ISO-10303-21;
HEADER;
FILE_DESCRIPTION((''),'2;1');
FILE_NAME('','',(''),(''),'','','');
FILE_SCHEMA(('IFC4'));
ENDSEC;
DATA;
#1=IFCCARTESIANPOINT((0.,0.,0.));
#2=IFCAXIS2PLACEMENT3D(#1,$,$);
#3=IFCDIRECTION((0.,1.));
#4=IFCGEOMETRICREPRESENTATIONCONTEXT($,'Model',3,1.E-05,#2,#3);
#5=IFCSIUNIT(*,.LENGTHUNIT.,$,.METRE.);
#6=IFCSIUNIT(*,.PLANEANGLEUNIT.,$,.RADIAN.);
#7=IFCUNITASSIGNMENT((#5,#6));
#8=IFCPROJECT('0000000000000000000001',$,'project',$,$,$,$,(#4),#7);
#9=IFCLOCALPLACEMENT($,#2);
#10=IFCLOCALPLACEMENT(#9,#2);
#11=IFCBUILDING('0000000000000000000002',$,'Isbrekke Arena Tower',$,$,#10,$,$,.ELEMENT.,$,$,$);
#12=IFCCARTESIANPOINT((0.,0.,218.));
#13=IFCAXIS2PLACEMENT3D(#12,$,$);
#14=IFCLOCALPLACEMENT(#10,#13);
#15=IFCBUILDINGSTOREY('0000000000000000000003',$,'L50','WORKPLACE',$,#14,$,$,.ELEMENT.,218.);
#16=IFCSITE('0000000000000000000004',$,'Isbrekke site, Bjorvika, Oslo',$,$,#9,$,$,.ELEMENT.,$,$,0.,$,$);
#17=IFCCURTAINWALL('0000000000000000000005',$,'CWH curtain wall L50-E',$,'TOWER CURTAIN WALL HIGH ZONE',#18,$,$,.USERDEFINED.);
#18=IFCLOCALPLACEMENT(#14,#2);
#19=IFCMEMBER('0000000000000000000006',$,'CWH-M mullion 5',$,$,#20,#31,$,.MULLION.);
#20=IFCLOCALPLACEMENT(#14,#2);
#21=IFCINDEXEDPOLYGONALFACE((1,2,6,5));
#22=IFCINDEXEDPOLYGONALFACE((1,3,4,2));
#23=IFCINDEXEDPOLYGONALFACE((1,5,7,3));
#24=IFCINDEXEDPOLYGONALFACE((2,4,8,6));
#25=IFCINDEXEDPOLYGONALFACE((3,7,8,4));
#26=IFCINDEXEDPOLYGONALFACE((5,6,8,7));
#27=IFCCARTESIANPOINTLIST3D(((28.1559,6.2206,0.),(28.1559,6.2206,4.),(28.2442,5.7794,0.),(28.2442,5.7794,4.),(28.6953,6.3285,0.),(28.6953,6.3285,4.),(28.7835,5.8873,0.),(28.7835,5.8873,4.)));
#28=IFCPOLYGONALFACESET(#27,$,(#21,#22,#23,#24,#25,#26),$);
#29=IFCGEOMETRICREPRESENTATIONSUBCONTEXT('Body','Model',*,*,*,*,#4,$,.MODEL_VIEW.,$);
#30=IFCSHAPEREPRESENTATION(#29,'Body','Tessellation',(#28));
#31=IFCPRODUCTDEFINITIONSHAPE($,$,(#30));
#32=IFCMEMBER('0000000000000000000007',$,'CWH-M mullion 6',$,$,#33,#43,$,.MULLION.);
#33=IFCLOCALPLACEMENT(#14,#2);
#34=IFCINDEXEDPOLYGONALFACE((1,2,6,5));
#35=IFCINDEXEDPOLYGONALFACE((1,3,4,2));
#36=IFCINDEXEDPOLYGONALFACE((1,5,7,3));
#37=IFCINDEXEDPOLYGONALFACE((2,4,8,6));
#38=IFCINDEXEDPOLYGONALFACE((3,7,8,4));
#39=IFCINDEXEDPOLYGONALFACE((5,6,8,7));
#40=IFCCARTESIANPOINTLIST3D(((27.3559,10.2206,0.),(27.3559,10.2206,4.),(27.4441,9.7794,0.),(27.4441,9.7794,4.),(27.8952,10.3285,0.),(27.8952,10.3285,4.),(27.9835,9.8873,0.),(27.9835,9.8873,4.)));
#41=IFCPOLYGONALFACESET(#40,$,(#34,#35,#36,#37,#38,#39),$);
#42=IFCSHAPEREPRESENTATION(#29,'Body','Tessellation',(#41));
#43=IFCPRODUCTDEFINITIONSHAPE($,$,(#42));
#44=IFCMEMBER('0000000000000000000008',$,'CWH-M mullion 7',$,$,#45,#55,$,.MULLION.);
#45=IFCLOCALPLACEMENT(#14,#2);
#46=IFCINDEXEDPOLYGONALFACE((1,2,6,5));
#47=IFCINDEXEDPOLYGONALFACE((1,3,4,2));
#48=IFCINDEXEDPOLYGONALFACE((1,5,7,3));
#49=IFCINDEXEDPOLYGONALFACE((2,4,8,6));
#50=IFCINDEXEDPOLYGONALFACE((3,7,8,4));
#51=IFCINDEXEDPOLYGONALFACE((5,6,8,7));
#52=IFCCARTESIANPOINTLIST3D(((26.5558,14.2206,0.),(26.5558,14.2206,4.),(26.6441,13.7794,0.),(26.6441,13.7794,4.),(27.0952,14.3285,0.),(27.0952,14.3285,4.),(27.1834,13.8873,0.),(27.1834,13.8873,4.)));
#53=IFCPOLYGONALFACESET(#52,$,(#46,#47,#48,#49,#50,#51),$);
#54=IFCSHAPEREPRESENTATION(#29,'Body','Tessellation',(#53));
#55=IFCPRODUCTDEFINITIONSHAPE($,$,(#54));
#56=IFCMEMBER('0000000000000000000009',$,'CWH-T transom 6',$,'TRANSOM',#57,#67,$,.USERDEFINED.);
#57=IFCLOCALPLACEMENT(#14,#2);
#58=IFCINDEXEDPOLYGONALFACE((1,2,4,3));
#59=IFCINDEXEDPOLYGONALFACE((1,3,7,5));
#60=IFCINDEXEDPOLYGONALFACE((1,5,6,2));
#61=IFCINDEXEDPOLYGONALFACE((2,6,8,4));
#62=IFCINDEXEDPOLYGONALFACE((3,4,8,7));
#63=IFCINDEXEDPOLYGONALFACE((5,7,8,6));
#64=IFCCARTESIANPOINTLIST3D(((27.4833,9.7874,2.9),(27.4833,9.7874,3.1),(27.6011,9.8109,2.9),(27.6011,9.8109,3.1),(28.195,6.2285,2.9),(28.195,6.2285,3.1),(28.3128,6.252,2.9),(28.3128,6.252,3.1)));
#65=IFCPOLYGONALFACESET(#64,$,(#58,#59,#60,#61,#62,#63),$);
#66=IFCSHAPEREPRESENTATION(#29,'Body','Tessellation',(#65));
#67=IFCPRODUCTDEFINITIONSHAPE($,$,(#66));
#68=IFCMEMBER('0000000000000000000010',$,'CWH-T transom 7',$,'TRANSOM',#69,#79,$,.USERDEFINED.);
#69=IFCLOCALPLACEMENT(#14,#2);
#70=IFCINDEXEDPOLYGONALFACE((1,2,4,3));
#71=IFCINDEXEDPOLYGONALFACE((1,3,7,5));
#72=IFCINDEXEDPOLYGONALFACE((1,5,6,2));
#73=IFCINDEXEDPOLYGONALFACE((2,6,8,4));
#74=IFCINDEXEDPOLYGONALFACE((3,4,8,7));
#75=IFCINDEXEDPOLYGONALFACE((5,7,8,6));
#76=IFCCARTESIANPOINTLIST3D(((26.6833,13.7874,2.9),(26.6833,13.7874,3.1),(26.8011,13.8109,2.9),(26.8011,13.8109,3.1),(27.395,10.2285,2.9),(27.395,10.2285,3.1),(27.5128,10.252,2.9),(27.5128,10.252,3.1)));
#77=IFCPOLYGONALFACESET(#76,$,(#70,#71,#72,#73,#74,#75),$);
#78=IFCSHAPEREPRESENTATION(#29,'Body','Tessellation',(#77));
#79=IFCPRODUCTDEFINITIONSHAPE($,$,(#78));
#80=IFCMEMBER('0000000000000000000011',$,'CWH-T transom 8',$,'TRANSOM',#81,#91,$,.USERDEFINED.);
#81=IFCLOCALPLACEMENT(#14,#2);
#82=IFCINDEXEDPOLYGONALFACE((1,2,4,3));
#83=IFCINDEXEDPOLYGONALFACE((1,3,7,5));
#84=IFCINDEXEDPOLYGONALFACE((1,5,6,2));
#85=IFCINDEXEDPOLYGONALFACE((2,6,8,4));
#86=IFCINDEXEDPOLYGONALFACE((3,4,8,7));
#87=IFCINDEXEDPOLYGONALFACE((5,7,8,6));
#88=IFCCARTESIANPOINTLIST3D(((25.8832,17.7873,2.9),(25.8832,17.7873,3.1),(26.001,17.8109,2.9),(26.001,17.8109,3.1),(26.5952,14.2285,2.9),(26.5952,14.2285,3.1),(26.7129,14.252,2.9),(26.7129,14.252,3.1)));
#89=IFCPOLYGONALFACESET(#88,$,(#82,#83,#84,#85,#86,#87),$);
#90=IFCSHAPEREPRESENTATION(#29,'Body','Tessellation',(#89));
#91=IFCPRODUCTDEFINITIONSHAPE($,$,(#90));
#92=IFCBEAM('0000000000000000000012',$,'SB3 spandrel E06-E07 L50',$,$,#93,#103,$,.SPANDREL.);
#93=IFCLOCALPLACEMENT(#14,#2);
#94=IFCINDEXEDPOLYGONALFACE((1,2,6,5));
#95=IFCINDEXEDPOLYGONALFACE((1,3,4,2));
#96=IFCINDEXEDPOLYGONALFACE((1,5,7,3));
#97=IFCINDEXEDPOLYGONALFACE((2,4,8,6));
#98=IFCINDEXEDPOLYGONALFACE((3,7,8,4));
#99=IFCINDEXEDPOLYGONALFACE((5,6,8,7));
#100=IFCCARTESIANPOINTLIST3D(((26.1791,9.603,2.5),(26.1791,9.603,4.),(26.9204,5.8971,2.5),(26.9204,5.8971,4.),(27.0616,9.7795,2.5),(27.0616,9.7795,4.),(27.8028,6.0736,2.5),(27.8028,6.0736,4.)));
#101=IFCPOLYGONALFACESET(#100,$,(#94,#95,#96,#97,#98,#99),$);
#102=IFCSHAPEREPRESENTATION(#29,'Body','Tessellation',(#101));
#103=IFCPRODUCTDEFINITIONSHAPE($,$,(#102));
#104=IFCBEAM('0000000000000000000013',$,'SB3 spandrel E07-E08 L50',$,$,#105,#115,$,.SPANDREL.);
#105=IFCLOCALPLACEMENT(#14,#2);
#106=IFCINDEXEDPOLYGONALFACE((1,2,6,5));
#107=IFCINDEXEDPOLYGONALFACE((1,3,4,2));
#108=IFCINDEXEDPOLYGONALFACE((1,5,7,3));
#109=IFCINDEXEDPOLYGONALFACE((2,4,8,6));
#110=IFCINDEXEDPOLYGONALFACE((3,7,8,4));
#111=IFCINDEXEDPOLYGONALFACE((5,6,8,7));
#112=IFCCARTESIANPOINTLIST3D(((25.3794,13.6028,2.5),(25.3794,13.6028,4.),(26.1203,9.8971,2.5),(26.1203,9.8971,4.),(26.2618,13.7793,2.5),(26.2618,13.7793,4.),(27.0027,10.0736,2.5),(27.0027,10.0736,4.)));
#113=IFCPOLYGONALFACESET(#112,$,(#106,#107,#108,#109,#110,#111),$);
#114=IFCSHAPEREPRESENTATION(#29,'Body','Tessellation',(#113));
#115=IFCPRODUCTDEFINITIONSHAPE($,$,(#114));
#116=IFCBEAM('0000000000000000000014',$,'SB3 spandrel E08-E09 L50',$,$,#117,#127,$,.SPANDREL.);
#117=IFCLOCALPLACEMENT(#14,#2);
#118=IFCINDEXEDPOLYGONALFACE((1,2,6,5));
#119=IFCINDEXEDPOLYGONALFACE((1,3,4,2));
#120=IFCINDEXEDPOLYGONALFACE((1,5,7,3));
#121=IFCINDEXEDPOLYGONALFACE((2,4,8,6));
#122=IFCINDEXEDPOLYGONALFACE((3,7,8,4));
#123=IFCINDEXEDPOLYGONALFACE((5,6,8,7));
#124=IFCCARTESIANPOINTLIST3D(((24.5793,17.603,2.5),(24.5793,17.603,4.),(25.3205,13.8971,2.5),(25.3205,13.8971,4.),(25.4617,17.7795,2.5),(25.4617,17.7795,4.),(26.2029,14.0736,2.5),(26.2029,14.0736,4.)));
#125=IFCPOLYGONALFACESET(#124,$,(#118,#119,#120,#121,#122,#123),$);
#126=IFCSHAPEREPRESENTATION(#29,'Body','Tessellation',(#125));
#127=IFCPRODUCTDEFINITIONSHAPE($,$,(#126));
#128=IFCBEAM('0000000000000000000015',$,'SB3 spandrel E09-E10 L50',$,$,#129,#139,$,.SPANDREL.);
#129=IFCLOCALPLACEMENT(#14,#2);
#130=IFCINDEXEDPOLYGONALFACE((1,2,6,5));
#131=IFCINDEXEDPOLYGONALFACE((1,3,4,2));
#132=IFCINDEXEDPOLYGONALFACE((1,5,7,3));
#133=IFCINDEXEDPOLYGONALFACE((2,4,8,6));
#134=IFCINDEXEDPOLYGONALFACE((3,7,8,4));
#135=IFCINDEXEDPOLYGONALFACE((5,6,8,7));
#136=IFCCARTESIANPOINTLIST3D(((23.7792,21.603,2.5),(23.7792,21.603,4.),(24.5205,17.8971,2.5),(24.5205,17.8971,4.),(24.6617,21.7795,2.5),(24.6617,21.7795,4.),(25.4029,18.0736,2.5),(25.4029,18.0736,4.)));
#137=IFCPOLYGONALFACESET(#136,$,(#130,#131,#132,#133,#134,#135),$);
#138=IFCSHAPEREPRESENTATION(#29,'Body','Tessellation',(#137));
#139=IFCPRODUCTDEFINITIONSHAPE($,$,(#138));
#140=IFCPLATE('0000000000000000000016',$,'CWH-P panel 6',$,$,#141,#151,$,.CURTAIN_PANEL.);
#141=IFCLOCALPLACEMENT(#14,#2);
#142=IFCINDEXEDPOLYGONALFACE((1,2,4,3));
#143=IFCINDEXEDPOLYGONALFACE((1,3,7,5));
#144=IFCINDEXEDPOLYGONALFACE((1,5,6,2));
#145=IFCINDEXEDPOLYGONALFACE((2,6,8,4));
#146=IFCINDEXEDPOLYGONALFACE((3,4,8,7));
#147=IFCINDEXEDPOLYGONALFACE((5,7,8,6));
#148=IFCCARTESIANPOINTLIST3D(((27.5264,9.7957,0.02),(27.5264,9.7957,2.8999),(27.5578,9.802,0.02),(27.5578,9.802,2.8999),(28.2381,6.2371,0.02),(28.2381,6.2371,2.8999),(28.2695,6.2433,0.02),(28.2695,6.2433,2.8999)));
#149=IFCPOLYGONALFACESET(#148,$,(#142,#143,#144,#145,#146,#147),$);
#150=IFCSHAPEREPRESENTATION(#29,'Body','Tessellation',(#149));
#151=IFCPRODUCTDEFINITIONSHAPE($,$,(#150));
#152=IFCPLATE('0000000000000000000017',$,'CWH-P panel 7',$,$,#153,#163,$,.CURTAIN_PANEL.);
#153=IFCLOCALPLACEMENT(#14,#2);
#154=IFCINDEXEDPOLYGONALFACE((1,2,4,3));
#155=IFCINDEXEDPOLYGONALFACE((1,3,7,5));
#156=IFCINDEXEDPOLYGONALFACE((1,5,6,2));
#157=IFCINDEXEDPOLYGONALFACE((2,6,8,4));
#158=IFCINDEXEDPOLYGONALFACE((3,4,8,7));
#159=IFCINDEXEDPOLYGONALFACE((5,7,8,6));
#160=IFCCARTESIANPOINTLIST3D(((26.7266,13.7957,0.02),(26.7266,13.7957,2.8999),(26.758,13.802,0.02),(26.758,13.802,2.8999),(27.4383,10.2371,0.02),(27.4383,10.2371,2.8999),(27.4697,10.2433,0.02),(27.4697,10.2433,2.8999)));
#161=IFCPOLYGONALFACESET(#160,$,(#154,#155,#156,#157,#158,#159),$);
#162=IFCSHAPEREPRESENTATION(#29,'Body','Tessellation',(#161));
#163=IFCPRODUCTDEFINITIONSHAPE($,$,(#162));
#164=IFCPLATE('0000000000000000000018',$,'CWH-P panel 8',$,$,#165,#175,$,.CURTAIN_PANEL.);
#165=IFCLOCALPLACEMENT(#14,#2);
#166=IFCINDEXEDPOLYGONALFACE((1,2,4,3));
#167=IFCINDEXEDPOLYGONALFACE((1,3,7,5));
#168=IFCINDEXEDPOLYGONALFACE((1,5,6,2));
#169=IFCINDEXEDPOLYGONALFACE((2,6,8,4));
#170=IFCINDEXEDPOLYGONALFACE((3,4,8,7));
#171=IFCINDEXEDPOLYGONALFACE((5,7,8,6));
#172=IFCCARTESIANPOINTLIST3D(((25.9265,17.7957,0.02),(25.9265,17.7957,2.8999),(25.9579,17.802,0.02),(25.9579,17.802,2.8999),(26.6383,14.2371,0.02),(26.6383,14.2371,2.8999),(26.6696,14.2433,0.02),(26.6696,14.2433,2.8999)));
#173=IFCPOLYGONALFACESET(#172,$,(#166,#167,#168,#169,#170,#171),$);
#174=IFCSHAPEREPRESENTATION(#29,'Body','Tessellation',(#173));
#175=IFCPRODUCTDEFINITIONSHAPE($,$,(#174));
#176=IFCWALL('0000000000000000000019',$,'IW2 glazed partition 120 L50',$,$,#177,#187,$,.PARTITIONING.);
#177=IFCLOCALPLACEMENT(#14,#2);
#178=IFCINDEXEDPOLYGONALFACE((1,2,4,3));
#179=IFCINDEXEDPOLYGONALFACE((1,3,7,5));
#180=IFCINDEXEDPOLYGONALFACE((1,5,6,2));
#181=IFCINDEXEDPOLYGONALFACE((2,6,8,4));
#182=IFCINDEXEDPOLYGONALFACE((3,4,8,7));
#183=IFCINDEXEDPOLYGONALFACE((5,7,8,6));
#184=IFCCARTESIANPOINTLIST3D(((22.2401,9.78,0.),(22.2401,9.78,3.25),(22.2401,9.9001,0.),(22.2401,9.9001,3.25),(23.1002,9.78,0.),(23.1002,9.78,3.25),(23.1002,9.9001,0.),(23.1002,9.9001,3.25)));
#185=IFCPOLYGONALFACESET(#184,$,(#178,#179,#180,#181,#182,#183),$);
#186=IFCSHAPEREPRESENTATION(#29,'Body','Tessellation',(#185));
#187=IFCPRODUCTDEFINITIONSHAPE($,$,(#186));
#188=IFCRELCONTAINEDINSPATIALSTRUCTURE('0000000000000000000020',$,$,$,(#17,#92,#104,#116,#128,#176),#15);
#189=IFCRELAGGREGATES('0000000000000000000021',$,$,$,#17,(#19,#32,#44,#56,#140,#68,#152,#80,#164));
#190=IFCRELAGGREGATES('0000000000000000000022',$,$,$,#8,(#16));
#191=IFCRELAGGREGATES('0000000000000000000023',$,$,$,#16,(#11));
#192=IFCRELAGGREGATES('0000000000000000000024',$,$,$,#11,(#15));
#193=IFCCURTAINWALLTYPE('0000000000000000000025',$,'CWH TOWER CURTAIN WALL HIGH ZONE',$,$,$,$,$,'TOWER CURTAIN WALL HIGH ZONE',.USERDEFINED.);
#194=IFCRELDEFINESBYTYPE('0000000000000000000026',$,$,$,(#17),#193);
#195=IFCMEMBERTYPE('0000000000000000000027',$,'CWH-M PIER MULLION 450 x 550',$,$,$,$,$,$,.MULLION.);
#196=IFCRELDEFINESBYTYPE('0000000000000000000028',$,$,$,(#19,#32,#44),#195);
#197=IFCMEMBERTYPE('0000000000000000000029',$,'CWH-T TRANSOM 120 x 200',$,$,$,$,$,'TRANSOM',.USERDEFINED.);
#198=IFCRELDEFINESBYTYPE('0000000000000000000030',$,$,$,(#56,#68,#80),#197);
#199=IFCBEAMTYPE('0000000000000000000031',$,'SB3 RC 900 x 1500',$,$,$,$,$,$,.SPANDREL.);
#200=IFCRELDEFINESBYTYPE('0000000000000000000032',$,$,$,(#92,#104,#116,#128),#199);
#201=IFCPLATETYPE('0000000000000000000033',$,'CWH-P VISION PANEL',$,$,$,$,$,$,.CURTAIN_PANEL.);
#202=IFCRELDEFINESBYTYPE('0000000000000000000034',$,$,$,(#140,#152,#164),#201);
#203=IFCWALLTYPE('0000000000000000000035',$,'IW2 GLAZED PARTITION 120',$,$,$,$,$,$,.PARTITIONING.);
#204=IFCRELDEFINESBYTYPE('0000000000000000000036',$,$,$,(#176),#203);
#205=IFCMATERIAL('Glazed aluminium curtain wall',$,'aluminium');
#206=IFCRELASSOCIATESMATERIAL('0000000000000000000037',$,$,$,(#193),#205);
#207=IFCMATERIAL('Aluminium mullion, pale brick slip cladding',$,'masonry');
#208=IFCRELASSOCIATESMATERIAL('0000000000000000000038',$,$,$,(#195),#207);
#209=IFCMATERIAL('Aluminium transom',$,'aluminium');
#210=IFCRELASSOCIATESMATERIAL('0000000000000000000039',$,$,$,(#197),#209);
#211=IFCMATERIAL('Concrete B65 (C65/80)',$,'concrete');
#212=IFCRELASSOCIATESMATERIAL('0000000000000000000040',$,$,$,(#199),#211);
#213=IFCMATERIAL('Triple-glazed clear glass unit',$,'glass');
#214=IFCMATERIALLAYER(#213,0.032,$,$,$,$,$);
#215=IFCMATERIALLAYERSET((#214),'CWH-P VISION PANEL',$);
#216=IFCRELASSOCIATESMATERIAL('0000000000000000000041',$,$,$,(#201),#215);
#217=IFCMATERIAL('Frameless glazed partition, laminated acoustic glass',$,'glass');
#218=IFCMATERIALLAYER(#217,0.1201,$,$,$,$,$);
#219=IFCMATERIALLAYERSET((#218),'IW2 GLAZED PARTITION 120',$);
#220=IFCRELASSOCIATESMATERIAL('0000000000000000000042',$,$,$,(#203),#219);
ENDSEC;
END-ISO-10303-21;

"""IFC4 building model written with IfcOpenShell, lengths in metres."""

from ifc_helpers import new_model, si_unit, direction, frame, frame_2d, origin, origin_2d, place, context, subcontext, project, spatial, rectangle, extrude, material, layer, layer_set, material_profile, profile_set, type_object, element, aggregate, save


model = new_model("IFC4")

# Units and contexts
model_context = context("Model", 3, precision=1e-05, world=origin(), true_north=direction((0.0, 1.0)))
body_context = subcontext(model_context, "Body", "Model", "MODEL_VIEW")
ifc_project = project(units=[si_unit("LENGTHUNIT", "METRE"), si_unit("PLANEANGLEUNIT", "RADIAN")], contexts=[model_context])

# Site, building, storey
site_placement = place(None, origin())
site = spatial("IfcSite", under=ifc_project, at=site_placement, Name="Isbrekke site, Bjorvika, Oslo", CompositionType="ELEMENT", RefElevation=0.0)
building_placement = place(site_placement, origin())
building = spatial("IfcBuilding", under=site, at=building_placement, Name="Isbrekke Arena Tower", CompositionType="ELEMENT")
storey_placement = place(building_placement, frame((0.0, 0.0, 218.0)))
storey = spatial("IfcBuildingStorey", under=building, at=storey_placement, Name="L50", Description="WORKPLACE", CompositionType="ELEMENT", Elevation=218.0)

# Curtain wall, members
ifc_material_1 = material(Name="Glazed aluminium curtain wall", Category="aluminium")
curtain_wall_type = type_object("IfcCurtainWallType", Name="CWH TOWER CURTAIN WALL HIGH ZONE", ElementType="TOWER CURTAIN WALL HIGH ZONE", PredefinedType="USERDEFINED", material=ifc_material_1)
curtain_wall_placement = place(storey_placement, origin())
curtain_wall = element("IfcCurtainWall", 1, at=curtain_wall_placement, inside=storey, type_object=curtain_wall_type, Name="CWH curtain wall L50-E", ObjectType="TOWER CURTAIN WALL HIGH ZONE", PredefinedType="USERDEFINED")
ifc_material_2 = material(Name="Aluminium mullion, pale brick slip cladding", Category="masonry")
ifc_material_profile_1 = material_profile(ifc_material_2, rectangle(XDim=0.45, YDim=0.55, at=origin_2d()), Name="PIER 450X550")
ifc_profile_set_1 = profile_set([ifc_material_profile_1], Name="Aluminium mullion, pale brick slip cladding")
member_type_1 = type_object("IfcMemberType", Name="CWH-M PIER MULLION 450 x 550", PredefinedType="MULLION", material=ifc_profile_set_1)
member_1_placement = place(storey_placement, frame((28.4697, 6.054, 0.0), z_axis=(0.0, 0.0, 1.0), x_axis=(-0.196116, 0.980581, 0.0)))
member_1 = element("IfcMember", 2, at=member_1_placement, type_object=member_type_1, Name="CWH-M mullion 5", PredefinedType="MULLION", context=body_context, shape_type="SweptSolid", body=[
    extrude(rectangle(XDim=0.45, YDim=0.55, at=origin_2d()), origin(), (0.0, 0.0, 1.0), 4.0),
])
member_2_placement = place(storey_placement, frame((27.6697, 10.054, 0.0), z_axis=(0.0, 0.0, 1.0), x_axis=(-0.196116, 0.980581, 0.0)))
member_2 = element("IfcMember", 3, at=member_2_placement, type_object=member_type_1, Name="CWH-M mullion 6", PredefinedType="MULLION", context=body_context, shape_type="SweptSolid", body=[
    extrude(rectangle(XDim=0.45, YDim=0.55, at=origin_2d()), origin(), (0.0, 0.0, 1.0), 4.0),
])
member_3_placement = place(storey_placement, frame((26.8696, 14.054, 0.0), z_axis=(0.0, 0.0, 1.0), x_axis=(-0.196116, 0.980581, 0.0)))
member_3 = element("IfcMember", 4, at=member_3_placement, type_object=member_type_1, Name="CWH-M mullion 7", PredefinedType="MULLION", context=body_context, shape_type="SweptSolid", body=[
    extrude(rectangle(XDim=0.45, YDim=0.55, at=origin_2d()), origin(), (0.0, 0.0, 1.0), 4.0),
])
ifc_material_3 = material(Name="Aluminium transom", Category="aluminium")
ifc_material_profile_2 = material_profile(ifc_material_3, rectangle(XDim=0.1201, YDim=0.2, at=origin_2d()), Name="TRANSOM 120X200")
ifc_profile_set_2 = profile_set([ifc_material_profile_2], Name="Aluminium transom")
member_type_2 = type_object("IfcMemberType", Name="CWH-T TRANSOM 120 x 200", ElementType="TRANSOM", PredefinedType="USERDEFINED", material=ifc_profile_set_2)
member_4_placement = place(storey_placement, frame((28.2539, 6.2402, 3.0), z_axis=(-0.19609, 0.980586, 0.0), x_axis=(-0.980586, -0.19609, 0.0)))
member_4 = element("IfcMember", 5, at=member_4_placement, type_object=member_type_2, Name="CWH-T transom 6", ObjectType="TRANSOM", PredefinedType="USERDEFINED", context=body_context, shape_type="SweptSolid", body=[
    extrude(rectangle(XDim=0.1201, YDim=0.2, at=origin_2d()), origin(), (0.0, 0.0, 1.0), 3.6294),
])
member_5_placement = place(storey_placement, frame((27.4539, 10.2402, 3.0), z_axis=(-0.19609, 0.980586, 0.0), x_axis=(-0.980586, -0.19609, 0.0)))
member_5 = element("IfcMember", 6, at=member_5_placement, type_object=member_type_2, Name="CWH-T transom 7", ObjectType="TRANSOM", PredefinedType="USERDEFINED", context=body_context, shape_type="SweptSolid", body=[
    extrude(rectangle(XDim=0.1201, YDim=0.2, at=origin_2d()), origin(), (0.0, 0.0, 1.0), 3.6294),
])
member_6_placement = place(storey_placement, frame((26.6541, 14.2402, 3.0), z_axis=(-0.196155, 0.980573, 0.0), x_axis=(-0.980573, -0.196155, 0.0)))
member_6 = element("IfcMember", 7, at=member_6_placement, type_object=member_type_2, Name="CWH-T transom 8", ObjectType="TRANSOM", PredefinedType="USERDEFINED", context=body_context, shape_type="SweptSolid", body=[
    extrude(rectangle(XDim=0.1201, YDim=0.2, at=origin_2d()), origin(), (0.0, 0.0, 1.0), 3.6294),
])

# Beams
ifc_material_4 = material(Name="Concrete B65 (C65/80)", Category="concrete")
ifc_material_profile_3 = material_profile(ifc_material_4, rectangle(XDim=0.8999, YDim=1.5, at=origin_2d()), Name="RC 900x1500")
ifc_profile_set_3 = profile_set([ifc_material_profile_3], Name="Concrete B65 (C65/80)")
beam_type_1 = type_object("IfcBeamType", Name="SB3 RC 900 x 1500", PredefinedType="SPANDREL", material=ifc_profile_set_3)
beam_1_placement = place(storey_placement, frame((27.3616, 5.9854, 3.25), z_axis=(-0.196129, 0.980578, 0.0), x_axis=(-0.980578, -0.196129, 0.0)))
element("IfcBeam", 8, at=beam_1_placement, inside=storey, type_object=beam_type_1, Name="SB3 spandrel E06-E07 L50", PredefinedType="SPANDREL", context=body_context, shape_type="SweptSolid", body=[
    extrude(rectangle(XDim=0.8999, YDim=1.5, at=origin_2d()), origin(), (0.0, 0.0, 1.0), 3.7793),
])
beam_2_placement = place(storey_placement, frame((26.5615, 9.9854, 3.25), z_axis=(-0.196066, 0.980591, 0.0), x_axis=(-0.980591, -0.196066, 0.0)))
element("IfcBeam", 9, at=beam_2_placement, inside=storey, type_object=beam_type_1, Name="SB3 spandrel E07-E08 L50", PredefinedType="SPANDREL", context=body_context, shape_type="SweptSolid", body=[
    extrude(rectangle(XDim=0.8999, YDim=1.5, at=origin_2d()), origin(), (0.0, 0.0, 1.0), 3.7791),
])
for number, where, z_axis, x_axis, name in (
    (10, (25.7617, 13.9854, 3.25), (-0.196129, 0.980578, 0.0), (-0.980578, -0.196129, 0.0), "SB3 spandrel E08-E09 L50"),
    (11, (24.9617, 17.9854, 3.25), (-0.196129, 0.980578, 0.0), (-0.980578, -0.196129, 0.0), "SB3 spandrel E09-E10 L50"),
):
    element("IfcBeam", number, at=place(storey_placement, frame(where, z_axis=z_axis, x_axis=x_axis)), inside=storey, type_object=beam_type_1, Name=name, PredefinedType="SPANDREL", context=body_context, shape_type="SweptSolid", body=[
        extrude(rectangle(XDim=0.8999, YDim=1.5, at=origin_2d()), origin(), (0.0, 0.0, 1.0), 3.7793),
    ])

# Plates
ifc_material_5 = material(Name="Triple-glazed clear glass unit", Category="glass")
ifc_layer_1 = layer(ifc_material_5, 0.032)
ifc_layer_set_1 = layer_set([ifc_layer_1], Name="CWH-P VISION PANEL")
plate_type = type_object("IfcPlateType", Name="CWH-P VISION PANEL", PredefinedType="CURTAIN_PANEL", material=ifc_layer_set_1)
plate_1_placement = place(storey_placement, frame((27.8979, 8.0195, 0.02), z_axis=(0.0, 0.0, 1.0), x_axis=(-0.196116, 0.980581, 0.0)))
plate_1 = element("IfcPlate", 12, at=plate_1_placement, type_object=plate_type, Name="CWH-P panel 6", PredefinedType="CURTAIN_PANEL", context=body_context, shape_type="SweptSolid", body=[
    extrude(rectangle(XDim=3.6292, YDim=0.032, at=origin_2d()), origin(), (0.0, 0.0, 1.0), 2.8799),
])
plate_2_placement = place(storey_placement, frame((27.0981, 12.0195, 0.02), z_axis=(0.0, 0.0, 1.0), x_axis=(-0.196116, 0.980581, 0.0)))
plate_2 = element("IfcPlate", 13, at=plate_2_placement, type_object=plate_type, Name="CWH-P panel 7", PredefinedType="CURTAIN_PANEL", context=body_context, shape_type="SweptSolid", body=[
    extrude(rectangle(XDim=3.6292, YDim=0.032, at=origin_2d()), origin(), (0.0, 0.0, 1.0), 2.8799),
])
plate_3_placement = place(storey_placement, frame((26.2981, 16.0195, 0.02), z_axis=(0.0, 0.0, 1.0), x_axis=(-0.196116, 0.980581, 0.0)))
plate_3 = element("IfcPlate", 14, at=plate_3_placement, type_object=plate_type, Name="CWH-P panel 8", PredefinedType="CURTAIN_PANEL", context=body_context, shape_type="SweptSolid", body=[
    extrude(rectangle(XDim=3.6292, YDim=0.032, at=origin_2d()), origin(), (0.0, 0.0, 1.0), 2.8799),
])
aggregate(curtain_wall, [member_1, member_2, member_3, member_4, plate_1, member_5, plate_2, member_6, plate_3])

# Wall
ifc_material_6 = material(Name="Frameless glazed partition, laminated acoustic glass", Category="glass")
ifc_layer_2 = layer(ifc_material_6, 0.1201)
ifc_layer_set_2 = layer_set([ifc_layer_2], Name="IW2 GLAZED PARTITION 120")
wall_type_1 = type_object("IfcWallType", Name="IW2 GLAZED PARTITION 120", PredefinedType="PARTITIONING", material=ifc_layer_set_2)
wall_1_placement = place(storey_placement, frame((22.24, 9.8401, 0.0), z_axis=(0.0, 0.0, 1.0), x_axis=(1.0, 0.0, 0.0)))
element("IfcWall", 15, at=wall_1_placement, inside=storey, type_object=wall_type_1, Name="IW2 glazed partition 120 L50", PredefinedType="PARTITIONING", context=body_context, shape_type="SweptSolid", body=[
    extrude(rectangle(XDim=0.8601, YDim=0.1201, at=frame_2d((0.4302, 0.0))), origin(), (0.0, 0.0, 1.0), 3.25),
])

save(model, "model.ifc")
